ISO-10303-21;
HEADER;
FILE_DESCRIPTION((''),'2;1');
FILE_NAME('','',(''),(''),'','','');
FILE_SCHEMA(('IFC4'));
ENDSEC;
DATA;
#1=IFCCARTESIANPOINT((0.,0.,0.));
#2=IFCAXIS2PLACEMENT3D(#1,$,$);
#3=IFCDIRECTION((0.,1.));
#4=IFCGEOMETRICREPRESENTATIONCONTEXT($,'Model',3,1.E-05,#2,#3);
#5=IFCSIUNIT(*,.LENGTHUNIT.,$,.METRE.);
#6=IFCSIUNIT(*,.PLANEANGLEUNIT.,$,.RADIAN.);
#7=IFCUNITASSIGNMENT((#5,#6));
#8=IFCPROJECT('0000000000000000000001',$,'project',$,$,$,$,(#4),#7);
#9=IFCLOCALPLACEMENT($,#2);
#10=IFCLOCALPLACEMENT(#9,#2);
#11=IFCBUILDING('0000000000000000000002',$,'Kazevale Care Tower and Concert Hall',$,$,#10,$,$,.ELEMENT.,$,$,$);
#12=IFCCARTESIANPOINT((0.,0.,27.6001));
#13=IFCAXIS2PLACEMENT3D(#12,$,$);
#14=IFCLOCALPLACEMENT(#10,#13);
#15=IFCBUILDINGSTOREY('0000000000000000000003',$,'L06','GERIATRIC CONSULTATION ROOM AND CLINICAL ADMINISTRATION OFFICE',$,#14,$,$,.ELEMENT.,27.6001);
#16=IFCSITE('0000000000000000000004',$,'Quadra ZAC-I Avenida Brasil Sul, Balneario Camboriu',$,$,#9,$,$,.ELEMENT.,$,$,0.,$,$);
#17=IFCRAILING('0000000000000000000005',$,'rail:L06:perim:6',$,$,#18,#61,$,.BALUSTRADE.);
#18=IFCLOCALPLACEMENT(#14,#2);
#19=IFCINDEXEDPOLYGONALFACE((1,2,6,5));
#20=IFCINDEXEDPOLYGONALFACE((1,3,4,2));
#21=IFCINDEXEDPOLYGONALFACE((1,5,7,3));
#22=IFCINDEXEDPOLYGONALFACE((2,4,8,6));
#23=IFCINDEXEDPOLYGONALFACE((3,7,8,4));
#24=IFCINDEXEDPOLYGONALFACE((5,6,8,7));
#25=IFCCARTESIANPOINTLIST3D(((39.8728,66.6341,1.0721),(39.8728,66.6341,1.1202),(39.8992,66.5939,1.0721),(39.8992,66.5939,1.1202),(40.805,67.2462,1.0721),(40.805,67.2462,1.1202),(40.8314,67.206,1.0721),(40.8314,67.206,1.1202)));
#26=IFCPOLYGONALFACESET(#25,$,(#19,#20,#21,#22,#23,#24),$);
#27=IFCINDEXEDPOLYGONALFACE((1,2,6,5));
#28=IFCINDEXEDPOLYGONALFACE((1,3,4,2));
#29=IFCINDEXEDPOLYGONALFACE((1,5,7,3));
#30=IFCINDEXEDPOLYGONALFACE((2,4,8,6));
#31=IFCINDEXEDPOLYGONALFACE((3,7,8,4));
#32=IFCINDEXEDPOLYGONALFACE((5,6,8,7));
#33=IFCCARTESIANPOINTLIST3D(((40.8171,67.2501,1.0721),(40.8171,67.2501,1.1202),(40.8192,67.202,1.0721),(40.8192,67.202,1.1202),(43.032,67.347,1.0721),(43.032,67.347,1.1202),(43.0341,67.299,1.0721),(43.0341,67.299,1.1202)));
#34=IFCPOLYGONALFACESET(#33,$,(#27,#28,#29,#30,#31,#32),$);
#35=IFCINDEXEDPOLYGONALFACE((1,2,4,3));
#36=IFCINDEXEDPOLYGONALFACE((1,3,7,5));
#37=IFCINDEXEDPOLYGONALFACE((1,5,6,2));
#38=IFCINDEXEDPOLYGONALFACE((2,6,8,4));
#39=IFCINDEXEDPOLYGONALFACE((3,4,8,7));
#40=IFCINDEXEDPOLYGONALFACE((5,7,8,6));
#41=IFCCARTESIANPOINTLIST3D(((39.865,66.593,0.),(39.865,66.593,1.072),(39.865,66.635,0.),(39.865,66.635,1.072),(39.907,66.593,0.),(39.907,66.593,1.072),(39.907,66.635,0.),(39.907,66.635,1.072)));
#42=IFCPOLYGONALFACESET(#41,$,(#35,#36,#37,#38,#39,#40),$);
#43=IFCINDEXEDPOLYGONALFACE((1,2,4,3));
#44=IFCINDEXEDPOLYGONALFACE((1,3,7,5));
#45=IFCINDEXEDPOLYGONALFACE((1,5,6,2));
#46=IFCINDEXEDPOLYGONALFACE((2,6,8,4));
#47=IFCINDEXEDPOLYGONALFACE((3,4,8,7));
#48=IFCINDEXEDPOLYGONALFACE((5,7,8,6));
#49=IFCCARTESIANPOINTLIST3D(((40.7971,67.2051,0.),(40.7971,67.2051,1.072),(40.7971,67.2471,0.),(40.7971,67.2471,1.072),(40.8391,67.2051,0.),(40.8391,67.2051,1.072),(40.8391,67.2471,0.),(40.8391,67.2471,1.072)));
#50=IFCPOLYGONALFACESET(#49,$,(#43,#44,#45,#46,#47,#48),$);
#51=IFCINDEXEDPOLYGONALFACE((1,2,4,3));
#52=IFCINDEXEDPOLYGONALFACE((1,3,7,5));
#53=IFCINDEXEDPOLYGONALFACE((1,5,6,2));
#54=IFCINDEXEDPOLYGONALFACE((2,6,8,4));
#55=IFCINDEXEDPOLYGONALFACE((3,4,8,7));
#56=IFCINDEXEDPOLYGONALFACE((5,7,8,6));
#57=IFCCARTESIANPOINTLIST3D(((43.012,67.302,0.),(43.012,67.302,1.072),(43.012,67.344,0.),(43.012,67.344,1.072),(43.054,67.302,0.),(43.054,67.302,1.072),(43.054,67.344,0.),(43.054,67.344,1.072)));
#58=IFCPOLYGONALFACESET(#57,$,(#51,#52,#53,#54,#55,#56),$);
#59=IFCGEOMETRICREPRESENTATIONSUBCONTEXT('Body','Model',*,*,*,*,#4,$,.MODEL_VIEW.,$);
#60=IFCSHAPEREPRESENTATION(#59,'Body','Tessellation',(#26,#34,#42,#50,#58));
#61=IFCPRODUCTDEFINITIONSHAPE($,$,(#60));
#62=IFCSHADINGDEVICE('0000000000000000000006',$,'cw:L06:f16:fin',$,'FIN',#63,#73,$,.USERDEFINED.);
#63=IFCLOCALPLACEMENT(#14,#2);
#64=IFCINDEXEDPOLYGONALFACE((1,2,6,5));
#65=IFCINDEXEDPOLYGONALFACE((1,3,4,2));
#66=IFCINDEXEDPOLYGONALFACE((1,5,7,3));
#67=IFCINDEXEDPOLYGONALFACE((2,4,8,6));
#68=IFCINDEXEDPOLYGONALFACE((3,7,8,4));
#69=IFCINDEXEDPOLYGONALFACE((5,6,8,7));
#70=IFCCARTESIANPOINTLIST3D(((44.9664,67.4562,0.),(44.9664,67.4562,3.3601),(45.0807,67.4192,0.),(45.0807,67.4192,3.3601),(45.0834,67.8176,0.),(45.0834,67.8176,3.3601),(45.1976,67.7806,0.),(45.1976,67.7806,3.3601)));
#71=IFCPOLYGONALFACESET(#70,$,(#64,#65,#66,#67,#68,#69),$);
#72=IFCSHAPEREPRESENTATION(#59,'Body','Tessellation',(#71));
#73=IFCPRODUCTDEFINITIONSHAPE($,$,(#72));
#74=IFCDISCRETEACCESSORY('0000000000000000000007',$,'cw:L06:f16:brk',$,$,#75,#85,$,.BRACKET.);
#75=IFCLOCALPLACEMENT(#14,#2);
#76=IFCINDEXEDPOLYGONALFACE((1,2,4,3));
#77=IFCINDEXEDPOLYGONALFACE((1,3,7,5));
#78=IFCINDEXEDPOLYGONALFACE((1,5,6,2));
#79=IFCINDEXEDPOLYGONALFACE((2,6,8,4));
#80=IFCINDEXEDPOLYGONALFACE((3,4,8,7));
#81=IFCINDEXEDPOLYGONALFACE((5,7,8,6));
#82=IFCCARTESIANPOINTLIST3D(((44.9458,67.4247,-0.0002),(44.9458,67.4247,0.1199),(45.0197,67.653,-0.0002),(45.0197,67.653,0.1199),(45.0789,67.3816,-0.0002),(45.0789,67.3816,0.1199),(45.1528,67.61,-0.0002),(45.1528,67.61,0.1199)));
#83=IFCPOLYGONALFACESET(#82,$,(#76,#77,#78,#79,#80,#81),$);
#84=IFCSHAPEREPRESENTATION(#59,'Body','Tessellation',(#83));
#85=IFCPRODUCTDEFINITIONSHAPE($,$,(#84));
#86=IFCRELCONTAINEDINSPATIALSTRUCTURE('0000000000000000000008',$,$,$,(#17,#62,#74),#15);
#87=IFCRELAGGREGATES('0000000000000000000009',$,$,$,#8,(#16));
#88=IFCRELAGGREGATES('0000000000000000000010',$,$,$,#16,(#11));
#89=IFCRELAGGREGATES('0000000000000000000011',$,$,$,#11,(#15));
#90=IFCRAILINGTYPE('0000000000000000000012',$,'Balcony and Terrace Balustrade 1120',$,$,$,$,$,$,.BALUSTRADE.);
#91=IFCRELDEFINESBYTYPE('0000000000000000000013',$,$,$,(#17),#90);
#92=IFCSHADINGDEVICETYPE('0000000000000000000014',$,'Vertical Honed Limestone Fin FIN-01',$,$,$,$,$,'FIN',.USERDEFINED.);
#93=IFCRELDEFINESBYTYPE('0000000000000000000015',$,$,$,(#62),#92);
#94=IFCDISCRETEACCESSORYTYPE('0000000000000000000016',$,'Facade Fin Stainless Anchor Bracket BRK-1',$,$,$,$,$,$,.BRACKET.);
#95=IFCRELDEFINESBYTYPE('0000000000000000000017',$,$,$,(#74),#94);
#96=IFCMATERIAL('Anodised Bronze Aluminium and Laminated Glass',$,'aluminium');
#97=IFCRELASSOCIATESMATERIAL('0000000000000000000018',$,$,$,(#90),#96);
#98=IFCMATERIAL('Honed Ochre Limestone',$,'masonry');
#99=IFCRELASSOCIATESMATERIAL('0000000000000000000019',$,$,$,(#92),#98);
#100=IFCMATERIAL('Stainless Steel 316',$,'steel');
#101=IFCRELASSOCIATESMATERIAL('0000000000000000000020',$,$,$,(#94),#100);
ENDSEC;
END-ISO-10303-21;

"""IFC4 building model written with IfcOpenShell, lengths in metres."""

from ifc_helpers import new_model, si_unit, direction, frame, origin, origin_2d, place, context, subcontext, project, spatial, rectangle, extrude, material, type_object, element, save


model = new_model("IFC4")

# Units and contexts
model_context = context("Model", 3, precision=1e-05, world=origin(), true_north=direction((0.0, 1.0)))
body_context = subcontext(model_context, "Body", "Model", "MODEL_VIEW")
ifc_project = project(units=[si_unit("LENGTHUNIT", "METRE"), si_unit("PLANEANGLEUNIT", "RADIAN")], contexts=[model_context])

# Site, building, storey
site_placement = place(None, origin())
site = spatial("IfcSite", under=ifc_project, at=site_placement, Name="Quadra ZAC-I Avenida Brasil Sul, Balneario Camboriu", CompositionType="ELEMENT", RefElevation=0.0)
building_placement = place(site_placement, origin())
building = spatial("IfcBuilding", under=site, at=building_placement, Name="Kazevale Care Tower and Concert Hall", CompositionType="ELEMENT")
storey_placement = place(building_placement, frame((0.0, 0.0, 27.6001)))
storey = spatial("IfcBuildingStorey", under=building, at=storey_placement, Name="L06", Description="GERIATRIC CONSULTATION ROOM AND CLINICAL ADMINISTRATION OFFICE", CompositionType="ELEMENT", Elevation=27.6001)

# Railing
ifc_material_1 = material(Name="Anodised Bronze Aluminium and Laminated Glass", Category="aluminium")
railing_type = type_object("IfcRailingType", Name="Balcony and Terrace Balustrade 1120", PredefinedType="BALUSTRADE", material=ifc_material_1)
railing_placement = place(storey_placement, frame((39.886, 66.614, 0.0)))
element("IfcRailing", 1, at=railing_placement, inside=storey, type_object=railing_type, Name="rail:L06:perim:6", PredefinedType="BALUSTRADE", context=body_context, shape_type="SweptSolid", body=[
    extrude(rectangle(XDim=0.0481, YDim=0.0481, at=origin_2d()), frame((0.0, 0.0, 1.0962), z_axis=(0.835904, 0.548876, 0.0), x_axis=(-0.548876, 0.835904, 0.0)), (0.0, 0.0, 1.0), 1.1152),
    extrude(rectangle(XDim=0.0481, YDim=0.0481, at=origin_2d()), frame((0.9321, 0.6121, 1.0962), z_axis=(0.999044, 0.043719, 0.0), x_axis=(-0.043719, 0.999044, 0.0)), (0.0, 0.0, 1.0), 2.217),
    extrude(rectangle(XDim=0.042, YDim=0.042, at=origin_2d()), origin(), (0.0, 0.0, 1.0), 1.072),
    extrude(rectangle(XDim=0.042, YDim=0.042, at=origin_2d()), frame((0.9321, 0.6121, 0.0)), (0.0, 0.0, 1.0), 1.072),
    extrude(rectangle(XDim=0.042, YDim=0.042, at=origin_2d()), frame((3.147, 0.709, 0.0)), (0.0, 0.0, 1.0), 1.072),
])

# Shading device
ifc_material_2 = material(Name="Honed Ochre Limestone", Category="masonry")
shading_device_type = type_object("IfcShadingDeviceType", Name="Vertical Honed Limestone Fin FIN-01", ElementType="FIN", PredefinedType="USERDEFINED", material=ifc_material_2)
shading_device_placement = place(storey_placement, frame((45.082, 67.6184, 0.0), z_axis=(0.0, 0.0, 1.0), x_axis=(0.307855, 0.951433, 0.0)))
element("IfcShadingDevice", 2, at=shading_device_placement, inside=storey, type_object=shading_device_type, Name="cw:L06:f16:fin", ObjectType="FIN", PredefinedType="USERDEFINED", context=body_context, shape_type="SweptSolid", body=[
    extrude(rectangle(XDim=0.3799, YDim=0.1201, at=origin_2d()), origin(), (0.0, 0.0, 1.0), 3.3601),
])

# Discrete accessory
ifc_material_3 = material(Name="Stainless Steel 316", Category="steel")
discrete_accessory_type = type_object("IfcDiscreteAccessoryType", Name="Facade Fin Stainless Anchor Bracket BRK-1", PredefinedType="BRACKET", material=ifc_material_3)
discrete_accessory_placement = place(storey_placement, frame((45.0493, 67.5173, -0.0002), z_axis=(0.0, 0.0, 1.0), x_axis=(0.307855, 0.951433, 0.0)))
element("IfcDiscreteAccessory", 3, at=discrete_accessory_placement, inside=storey, type_object=discrete_accessory_type, Name="cw:L06:f16:brk", PredefinedType="BRACKET", context=body_context, shape_type="SweptSolid", body=[
    extrude(rectangle(XDim=0.24, YDim=0.1399, at=origin_2d()), origin(), (0.0, 0.0, 1.0), 0.1201),
])

save(model, "model.ifc")
